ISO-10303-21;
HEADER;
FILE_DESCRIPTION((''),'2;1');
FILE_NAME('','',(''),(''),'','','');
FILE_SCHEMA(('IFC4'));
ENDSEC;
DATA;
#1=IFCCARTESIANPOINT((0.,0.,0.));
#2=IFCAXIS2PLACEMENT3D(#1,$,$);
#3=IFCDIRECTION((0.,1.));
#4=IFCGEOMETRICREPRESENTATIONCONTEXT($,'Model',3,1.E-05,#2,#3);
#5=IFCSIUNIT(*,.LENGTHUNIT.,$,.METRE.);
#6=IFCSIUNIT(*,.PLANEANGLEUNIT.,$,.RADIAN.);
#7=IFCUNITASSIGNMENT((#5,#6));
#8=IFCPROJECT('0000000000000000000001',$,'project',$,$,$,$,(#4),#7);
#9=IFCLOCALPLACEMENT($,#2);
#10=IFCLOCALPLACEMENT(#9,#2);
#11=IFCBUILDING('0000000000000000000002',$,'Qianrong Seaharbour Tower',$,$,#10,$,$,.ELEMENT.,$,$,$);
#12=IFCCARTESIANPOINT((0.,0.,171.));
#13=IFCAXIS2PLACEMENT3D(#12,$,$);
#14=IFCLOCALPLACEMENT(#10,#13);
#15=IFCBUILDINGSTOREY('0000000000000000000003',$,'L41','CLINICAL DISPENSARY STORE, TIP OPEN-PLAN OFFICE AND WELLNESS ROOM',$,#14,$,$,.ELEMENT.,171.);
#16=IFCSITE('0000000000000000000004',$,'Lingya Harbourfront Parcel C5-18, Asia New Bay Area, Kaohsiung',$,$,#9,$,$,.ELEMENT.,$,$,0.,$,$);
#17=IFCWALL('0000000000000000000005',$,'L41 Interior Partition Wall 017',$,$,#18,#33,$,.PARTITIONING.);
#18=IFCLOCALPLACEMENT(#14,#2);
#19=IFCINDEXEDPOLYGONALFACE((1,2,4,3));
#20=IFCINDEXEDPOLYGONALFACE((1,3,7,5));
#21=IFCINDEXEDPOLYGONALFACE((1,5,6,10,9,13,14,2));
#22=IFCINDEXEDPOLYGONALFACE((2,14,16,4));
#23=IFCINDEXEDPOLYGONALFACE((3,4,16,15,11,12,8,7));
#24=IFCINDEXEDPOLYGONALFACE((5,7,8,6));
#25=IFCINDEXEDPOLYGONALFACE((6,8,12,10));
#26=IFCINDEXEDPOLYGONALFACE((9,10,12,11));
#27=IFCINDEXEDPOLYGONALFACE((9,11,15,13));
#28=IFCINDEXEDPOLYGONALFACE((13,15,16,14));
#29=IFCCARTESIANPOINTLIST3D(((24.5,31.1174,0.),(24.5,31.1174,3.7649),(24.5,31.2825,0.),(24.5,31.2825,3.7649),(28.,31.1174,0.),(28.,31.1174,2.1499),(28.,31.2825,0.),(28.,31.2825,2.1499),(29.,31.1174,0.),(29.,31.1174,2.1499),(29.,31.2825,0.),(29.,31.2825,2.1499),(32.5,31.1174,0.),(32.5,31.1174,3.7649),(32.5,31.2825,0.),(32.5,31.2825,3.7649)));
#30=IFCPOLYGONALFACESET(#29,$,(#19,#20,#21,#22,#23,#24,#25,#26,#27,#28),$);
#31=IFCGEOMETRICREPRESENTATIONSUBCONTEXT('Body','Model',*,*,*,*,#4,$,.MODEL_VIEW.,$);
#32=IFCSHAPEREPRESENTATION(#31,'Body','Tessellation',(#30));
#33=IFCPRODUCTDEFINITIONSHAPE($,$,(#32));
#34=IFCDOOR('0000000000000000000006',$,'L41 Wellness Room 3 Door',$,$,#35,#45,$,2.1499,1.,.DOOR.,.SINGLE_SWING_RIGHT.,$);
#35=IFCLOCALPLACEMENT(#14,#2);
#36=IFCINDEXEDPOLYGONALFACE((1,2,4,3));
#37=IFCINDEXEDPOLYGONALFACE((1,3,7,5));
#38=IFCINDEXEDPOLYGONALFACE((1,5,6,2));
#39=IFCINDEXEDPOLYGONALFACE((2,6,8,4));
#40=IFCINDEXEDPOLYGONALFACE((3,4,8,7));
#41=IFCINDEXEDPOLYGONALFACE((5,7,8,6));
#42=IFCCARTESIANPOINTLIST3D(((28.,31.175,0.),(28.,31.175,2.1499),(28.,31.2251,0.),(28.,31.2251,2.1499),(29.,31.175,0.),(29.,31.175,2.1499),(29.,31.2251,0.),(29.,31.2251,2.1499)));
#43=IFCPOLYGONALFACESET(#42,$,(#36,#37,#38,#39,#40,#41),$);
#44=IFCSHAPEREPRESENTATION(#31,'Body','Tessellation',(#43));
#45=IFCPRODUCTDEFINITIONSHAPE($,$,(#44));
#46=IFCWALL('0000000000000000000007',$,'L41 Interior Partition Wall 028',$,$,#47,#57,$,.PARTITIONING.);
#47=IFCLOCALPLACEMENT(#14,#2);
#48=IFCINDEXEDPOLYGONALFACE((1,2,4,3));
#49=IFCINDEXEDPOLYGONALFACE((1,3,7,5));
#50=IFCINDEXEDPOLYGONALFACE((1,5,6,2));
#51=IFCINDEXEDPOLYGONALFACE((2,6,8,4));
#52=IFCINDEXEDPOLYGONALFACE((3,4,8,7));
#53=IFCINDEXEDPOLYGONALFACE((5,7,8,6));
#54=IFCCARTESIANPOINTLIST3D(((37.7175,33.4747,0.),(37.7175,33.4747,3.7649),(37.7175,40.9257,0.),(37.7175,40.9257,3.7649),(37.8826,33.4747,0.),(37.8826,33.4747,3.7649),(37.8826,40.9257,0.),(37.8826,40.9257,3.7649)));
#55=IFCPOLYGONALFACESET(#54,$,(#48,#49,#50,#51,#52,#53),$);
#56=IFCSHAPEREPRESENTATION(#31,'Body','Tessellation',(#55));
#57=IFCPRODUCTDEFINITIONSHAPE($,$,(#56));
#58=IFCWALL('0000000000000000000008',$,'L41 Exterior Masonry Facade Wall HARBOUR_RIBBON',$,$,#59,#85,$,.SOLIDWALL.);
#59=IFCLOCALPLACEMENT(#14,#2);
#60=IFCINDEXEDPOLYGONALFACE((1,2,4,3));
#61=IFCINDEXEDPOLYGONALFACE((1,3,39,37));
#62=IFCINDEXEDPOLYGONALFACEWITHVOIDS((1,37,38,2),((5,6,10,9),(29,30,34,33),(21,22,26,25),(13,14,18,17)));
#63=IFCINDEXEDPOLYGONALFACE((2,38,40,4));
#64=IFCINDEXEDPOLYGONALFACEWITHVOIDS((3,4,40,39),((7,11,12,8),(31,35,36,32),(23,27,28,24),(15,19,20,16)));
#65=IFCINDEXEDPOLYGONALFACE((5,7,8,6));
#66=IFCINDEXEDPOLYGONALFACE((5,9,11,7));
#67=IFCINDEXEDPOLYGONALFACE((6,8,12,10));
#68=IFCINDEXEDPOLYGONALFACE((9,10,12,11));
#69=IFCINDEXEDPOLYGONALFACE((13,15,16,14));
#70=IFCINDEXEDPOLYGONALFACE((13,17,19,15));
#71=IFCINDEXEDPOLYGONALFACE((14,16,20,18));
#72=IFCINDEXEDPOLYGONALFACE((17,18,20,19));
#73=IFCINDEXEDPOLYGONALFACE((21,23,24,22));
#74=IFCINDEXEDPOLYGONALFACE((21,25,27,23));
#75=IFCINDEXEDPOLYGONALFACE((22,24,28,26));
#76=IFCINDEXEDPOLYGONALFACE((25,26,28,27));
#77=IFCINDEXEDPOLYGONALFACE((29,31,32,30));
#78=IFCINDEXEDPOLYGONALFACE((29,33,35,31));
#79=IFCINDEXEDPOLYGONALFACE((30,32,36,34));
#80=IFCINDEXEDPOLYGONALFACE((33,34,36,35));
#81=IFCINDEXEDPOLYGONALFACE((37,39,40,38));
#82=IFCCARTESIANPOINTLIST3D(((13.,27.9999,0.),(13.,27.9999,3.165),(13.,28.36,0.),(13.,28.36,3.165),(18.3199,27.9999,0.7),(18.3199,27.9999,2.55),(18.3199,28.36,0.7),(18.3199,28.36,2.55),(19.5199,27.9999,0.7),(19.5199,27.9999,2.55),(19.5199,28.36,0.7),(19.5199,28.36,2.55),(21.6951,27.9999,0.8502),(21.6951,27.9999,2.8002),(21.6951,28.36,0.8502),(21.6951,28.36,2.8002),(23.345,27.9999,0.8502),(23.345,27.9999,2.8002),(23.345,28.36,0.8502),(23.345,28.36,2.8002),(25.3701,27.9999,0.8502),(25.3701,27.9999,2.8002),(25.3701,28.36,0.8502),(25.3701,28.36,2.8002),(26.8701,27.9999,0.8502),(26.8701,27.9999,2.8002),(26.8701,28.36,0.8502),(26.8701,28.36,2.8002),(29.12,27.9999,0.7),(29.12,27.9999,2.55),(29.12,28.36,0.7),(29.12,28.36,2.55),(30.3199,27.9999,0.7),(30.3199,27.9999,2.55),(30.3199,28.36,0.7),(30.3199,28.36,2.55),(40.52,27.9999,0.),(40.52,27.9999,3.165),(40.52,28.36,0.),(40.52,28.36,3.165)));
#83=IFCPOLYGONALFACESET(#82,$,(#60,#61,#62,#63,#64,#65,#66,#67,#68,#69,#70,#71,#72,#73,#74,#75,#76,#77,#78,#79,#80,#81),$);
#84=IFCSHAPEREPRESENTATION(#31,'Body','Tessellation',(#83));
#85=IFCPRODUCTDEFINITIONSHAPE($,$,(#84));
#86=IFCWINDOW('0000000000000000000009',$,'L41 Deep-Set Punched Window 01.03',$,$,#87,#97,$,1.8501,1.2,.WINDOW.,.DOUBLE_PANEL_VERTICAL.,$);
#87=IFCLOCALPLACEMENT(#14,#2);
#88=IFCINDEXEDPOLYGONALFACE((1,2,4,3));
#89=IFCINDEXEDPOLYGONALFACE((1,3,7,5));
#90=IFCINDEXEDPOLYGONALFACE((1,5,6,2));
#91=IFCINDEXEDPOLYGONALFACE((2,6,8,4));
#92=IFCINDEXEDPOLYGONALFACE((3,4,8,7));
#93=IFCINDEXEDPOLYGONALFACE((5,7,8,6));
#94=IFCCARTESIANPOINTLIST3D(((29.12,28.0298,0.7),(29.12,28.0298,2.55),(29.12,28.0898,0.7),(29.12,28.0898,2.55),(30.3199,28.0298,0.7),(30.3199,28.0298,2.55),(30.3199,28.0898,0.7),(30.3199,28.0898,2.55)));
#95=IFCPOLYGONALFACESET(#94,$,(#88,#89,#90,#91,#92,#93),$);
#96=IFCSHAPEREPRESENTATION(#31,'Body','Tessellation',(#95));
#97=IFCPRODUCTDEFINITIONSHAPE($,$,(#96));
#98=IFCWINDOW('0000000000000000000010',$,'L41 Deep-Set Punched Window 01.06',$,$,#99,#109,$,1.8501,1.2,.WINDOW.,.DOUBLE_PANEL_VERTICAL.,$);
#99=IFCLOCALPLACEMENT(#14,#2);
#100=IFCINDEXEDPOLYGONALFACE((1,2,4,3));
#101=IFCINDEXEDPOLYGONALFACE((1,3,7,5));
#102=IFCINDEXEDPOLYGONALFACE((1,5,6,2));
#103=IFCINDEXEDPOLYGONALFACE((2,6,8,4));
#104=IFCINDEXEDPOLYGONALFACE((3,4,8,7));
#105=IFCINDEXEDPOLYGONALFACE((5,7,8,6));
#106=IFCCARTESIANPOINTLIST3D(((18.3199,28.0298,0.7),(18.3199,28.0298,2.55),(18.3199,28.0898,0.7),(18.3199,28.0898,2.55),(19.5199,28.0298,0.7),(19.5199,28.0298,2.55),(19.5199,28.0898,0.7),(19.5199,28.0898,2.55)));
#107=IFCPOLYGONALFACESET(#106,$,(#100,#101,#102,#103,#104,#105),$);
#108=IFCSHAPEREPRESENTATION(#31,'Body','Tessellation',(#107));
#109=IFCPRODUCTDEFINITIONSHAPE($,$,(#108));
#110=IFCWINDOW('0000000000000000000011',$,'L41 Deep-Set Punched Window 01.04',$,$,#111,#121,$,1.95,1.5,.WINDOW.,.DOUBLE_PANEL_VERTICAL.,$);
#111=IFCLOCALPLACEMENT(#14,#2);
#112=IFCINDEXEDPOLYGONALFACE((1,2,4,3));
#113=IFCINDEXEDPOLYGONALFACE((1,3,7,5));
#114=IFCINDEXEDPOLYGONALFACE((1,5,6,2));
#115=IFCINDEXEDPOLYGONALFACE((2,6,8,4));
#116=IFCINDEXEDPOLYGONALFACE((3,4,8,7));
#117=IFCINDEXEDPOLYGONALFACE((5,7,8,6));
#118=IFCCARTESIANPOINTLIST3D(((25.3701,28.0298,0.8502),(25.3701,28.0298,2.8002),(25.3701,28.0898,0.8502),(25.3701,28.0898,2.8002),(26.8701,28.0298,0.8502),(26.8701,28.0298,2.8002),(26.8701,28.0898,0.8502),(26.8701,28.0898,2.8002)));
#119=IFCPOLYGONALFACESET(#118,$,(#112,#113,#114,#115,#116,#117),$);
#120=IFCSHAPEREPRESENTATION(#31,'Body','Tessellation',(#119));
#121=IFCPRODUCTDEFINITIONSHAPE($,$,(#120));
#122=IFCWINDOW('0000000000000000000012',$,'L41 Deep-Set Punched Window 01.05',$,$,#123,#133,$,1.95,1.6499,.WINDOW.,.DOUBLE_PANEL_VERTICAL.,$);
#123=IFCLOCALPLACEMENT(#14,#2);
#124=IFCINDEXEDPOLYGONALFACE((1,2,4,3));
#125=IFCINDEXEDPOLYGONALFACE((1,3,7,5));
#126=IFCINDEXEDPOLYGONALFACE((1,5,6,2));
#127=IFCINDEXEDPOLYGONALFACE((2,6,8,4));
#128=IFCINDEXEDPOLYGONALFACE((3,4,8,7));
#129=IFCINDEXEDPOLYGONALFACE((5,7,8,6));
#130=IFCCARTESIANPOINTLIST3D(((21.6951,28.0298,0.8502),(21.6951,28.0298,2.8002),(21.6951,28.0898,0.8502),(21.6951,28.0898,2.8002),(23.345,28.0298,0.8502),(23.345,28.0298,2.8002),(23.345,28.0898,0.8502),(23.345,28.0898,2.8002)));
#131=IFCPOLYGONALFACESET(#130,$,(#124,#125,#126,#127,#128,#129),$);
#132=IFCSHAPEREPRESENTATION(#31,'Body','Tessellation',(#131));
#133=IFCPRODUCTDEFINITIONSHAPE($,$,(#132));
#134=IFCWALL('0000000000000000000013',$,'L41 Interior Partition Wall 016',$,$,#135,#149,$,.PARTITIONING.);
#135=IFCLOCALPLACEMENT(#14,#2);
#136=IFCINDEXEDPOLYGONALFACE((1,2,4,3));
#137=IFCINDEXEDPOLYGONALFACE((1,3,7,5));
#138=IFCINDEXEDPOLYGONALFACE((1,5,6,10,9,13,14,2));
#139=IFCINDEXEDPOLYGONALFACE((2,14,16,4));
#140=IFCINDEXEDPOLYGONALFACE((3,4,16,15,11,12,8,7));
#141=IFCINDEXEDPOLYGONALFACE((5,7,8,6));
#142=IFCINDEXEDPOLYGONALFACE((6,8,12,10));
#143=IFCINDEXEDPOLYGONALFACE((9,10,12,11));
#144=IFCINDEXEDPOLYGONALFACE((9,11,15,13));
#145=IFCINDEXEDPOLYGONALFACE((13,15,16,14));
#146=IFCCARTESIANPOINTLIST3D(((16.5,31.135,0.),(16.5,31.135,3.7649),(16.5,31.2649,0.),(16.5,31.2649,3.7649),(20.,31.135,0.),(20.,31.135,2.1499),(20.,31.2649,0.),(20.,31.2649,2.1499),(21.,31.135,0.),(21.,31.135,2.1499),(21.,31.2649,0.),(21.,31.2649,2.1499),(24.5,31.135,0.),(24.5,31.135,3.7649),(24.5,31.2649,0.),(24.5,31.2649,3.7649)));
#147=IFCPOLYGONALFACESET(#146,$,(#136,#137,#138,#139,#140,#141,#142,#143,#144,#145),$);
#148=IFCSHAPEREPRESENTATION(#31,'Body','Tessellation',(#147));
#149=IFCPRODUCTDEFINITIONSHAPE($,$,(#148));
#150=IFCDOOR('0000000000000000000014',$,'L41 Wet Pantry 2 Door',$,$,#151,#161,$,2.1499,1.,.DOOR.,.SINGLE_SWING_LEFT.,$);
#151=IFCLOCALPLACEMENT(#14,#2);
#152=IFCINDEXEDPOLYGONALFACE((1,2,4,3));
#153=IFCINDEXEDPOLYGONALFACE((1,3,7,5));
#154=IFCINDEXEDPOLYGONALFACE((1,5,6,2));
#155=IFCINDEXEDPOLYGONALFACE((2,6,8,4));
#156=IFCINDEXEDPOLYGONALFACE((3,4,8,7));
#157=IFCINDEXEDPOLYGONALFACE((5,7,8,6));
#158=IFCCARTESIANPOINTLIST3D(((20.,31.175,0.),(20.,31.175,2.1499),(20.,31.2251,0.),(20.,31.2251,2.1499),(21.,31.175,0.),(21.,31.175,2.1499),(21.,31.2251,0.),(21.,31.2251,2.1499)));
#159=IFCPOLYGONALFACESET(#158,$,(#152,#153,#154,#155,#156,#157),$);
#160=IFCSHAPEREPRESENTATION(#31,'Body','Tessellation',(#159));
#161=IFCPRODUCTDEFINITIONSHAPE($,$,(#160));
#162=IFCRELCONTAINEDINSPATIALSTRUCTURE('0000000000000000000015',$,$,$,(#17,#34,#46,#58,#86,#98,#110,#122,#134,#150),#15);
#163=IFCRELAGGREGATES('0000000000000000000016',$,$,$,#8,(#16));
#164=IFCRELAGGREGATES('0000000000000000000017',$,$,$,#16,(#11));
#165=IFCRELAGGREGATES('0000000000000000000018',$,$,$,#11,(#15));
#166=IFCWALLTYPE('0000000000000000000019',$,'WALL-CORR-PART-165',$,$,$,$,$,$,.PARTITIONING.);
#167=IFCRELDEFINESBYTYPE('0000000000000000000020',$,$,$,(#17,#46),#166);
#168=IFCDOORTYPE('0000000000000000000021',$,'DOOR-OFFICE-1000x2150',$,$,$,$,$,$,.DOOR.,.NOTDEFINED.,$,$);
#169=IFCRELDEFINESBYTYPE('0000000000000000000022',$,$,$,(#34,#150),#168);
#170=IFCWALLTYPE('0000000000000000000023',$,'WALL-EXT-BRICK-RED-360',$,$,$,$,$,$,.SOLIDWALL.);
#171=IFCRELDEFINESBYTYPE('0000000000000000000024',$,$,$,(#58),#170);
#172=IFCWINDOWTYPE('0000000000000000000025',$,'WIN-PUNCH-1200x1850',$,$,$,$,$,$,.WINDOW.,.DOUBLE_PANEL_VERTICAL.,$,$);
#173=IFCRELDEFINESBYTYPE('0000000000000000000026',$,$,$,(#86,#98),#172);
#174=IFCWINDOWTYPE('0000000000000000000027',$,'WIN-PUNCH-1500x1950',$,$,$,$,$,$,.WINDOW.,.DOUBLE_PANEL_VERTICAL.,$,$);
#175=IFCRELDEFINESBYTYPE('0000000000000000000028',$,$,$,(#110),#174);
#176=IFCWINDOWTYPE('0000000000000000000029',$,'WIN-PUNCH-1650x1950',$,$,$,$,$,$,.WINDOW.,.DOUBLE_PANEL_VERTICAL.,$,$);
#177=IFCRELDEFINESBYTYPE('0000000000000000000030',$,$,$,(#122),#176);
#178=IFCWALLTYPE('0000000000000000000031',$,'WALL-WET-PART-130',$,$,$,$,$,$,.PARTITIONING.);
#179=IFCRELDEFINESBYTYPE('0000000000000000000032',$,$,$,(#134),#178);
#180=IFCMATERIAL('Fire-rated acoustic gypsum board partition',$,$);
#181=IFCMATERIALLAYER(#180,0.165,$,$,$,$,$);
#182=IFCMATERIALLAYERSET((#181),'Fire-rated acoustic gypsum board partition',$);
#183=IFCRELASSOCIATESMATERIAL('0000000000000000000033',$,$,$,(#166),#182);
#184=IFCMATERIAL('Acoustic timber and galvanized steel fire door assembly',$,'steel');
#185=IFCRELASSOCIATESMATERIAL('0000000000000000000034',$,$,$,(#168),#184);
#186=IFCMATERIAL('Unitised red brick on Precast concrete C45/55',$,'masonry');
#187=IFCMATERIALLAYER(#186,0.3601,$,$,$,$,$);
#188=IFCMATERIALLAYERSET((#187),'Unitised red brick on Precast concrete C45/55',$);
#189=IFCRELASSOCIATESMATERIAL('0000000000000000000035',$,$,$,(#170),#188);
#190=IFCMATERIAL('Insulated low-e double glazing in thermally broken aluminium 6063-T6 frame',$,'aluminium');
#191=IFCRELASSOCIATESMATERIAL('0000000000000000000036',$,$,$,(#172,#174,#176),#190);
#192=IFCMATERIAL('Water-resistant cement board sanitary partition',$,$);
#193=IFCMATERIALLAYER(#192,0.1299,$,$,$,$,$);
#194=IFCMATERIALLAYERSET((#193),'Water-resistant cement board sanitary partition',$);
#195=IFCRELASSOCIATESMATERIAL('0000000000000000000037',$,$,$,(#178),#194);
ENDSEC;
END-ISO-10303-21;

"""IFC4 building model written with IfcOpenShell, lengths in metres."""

from ifc_helpers import new_model, si_unit, direction, frame, frame_2d, origin, place, context, subcontext, project, spatial, rectangle, extrude, material, layer, layer_set, type_object, element, fill, save


model = new_model("IFC4")

# Units and contexts
model_context = context("Model", 3, precision=1e-05, world=origin(), true_north=direction((0.0, 1.0)))
body_context = subcontext(model_context, "Body", "Model", "MODEL_VIEW")
ifc_project = project(units=[si_unit("LENGTHUNIT", "METRE"), si_unit("PLANEANGLEUNIT", "RADIAN")], contexts=[model_context])

# Site, building, storey
site_placement = place(None, origin())
site = spatial("IfcSite", under=ifc_project, at=site_placement, Name="Lingya Harbourfront Parcel C5-18, Asia New Bay Area, Kaohsiung", CompositionType="ELEMENT", RefElevation=0.0)
building_placement = place(site_placement, origin())
building = spatial("IfcBuilding", under=site, at=building_placement, Name="Qianrong Seaharbour Tower", CompositionType="ELEMENT")
storey_placement = place(building_placement, frame((0.0, 0.0, 171.0)))
storey = spatial("IfcBuildingStorey", under=building, at=storey_placement, Name="L41", Description="CLINICAL DISPENSARY STORE, TIP OPEN-PLAN OFFICE AND WELLNESS ROOM", CompositionType="ELEMENT", Elevation=171.0)

# Wall, opening, door
ifc_material_1 = material(Name="Fire-rated acoustic gypsum board partition")
ifc_layer_1 = layer(ifc_material_1, 0.165)
ifc_layer_set_1 = layer_set([ifc_layer_1], Name="Fire-rated acoustic gypsum board partition")
wall_type_1 = type_object("IfcWallType", Name="WALL-CORR-PART-165", PredefinedType="PARTITIONING", material=ifc_layer_set_1)
ifc_material_2 = material(Name="Acoustic timber and galvanized steel fire door assembly", Category="steel")
door_type = type_object("IfcDoorType", Name="DOOR-OFFICE-1000x2150", OperationType="NOTDEFINED", PredefinedType="DOOR", material=ifc_material_2)
wall_1_placement = place(storey_placement, frame((32.5, 31.2, 0.0), z_axis=(0.0, 0.0, 1.0), x_axis=(-1.0, 0.0, 0.0)))
wall_1 = element("IfcWall", 1, at=wall_1_placement, inside=storey, type_object=wall_type_1, Name="L41 Interior Partition Wall 017", PredefinedType="PARTITIONING", context=body_context, shape_type="SweptSolid", body=[
    extrude(rectangle(XDim=8.0, YDim=0.165, at=frame_2d((4.0, 0.0))), origin(), (0.0, 0.0, 1.0), 3.7649),
])
opening_1_placement = place(wall_1_placement, frame((3.5, 0.0, 0.0)))
opening_1 = element("IfcOpeningElement", 2, at=opening_1_placement, cuts=wall_1, PredefinedType="OPENING", context=body_context, shape_type="SweptSolid", body=[
    extrude(rectangle(XDim=1.0, YDim=2.1499, at=frame_2d((0.5, 1.075))), frame((0.0, 0.0925, 0.0), z_axis=(0.0, -1.0, 0.0), x_axis=(1.0, 0.0, 0.0)), (0.0, 0.0, 1.0), 0.1851),
])
door_1_placement = place(opening_1_placement, origin())
door_1 = element("IfcDoor", 3, at=door_1_placement, inside=storey, type_object=door_type, Name="L41 Wellness Room 3 Door", OperationType="SINGLE_SWING_RIGHT", OverallHeight=2.1499, OverallWidth=1.0, PredefinedType="DOOR", context=body_context, shape_type="SweptSolid", body=[
    extrude(rectangle(XDim=1.0, YDim=2.1499, at=frame_2d((0.5, 1.075))), frame((0.0, 0.0249, 0.0), z_axis=(0.0, -1.0, 0.0), x_axis=(1.0, 0.0, 0.0)), (0.0, 0.0, 1.0), 0.05),
])
fill(opening_1, door_1)

# Wall
wall_2_placement = place(storey_placement, frame((37.8, 33.4746, 0.0), z_axis=(0.0, 0.0, 1.0), x_axis=(0.0, 1.0, 0.0)))
element("IfcWall", 4, at=wall_2_placement, inside=storey, type_object=wall_type_1, Name="L41 Interior Partition Wall 028", PredefinedType="PARTITIONING", context=body_context, shape_type="SweptSolid", body=[
    extrude(rectangle(XDim=7.4509, YDim=0.165, at=frame_2d((3.7256, 0.0))), origin(), (0.0, 0.0, 1.0), 3.7649),
])

# Wall, openings, windows
ifc_material_3 = material(Name="Unitised red brick on Precast concrete C45/55", Category="masonry")
ifc_layer_2 = layer(ifc_material_3, 0.3601)
ifc_layer_set_2 = layer_set([ifc_layer_2], Name="Unitised red brick on Precast concrete C45/55")
wall_type_2 = type_object("IfcWallType", Name="WALL-EXT-BRICK-RED-360", PredefinedType="SOLIDWALL", material=ifc_layer_set_2)
wall_3_placement = place(storey_placement, frame((40.52, 28.1799, 0.0), z_axis=(0.0, 0.0, 1.0), x_axis=(-1.0, 0.0, 0.0)))
wall_3 = element("IfcWall", 5, at=wall_3_placement, inside=storey, type_object=wall_type_2, Name="L41 Exterior Masonry Facade Wall HARBOUR_RIBBON", PredefinedType="SOLIDWALL", context=body_context, shape_type="SweptSolid", body=[
    extrude(rectangle(XDim=27.52, YDim=0.3601, at=frame_2d((13.76, 0.0))), origin(), (0.0, 0.0, 1.0), 3.165),
])
opening_2_placement = place(wall_3_placement, frame((10.2, 0.0, 0.7)))
opening_2 = element("IfcOpeningElement", 6, at=opening_2_placement, cuts=wall_3, PredefinedType="OPENING", context=body_context, shape_type="SweptSolid", body=[
    extrude(rectangle(XDim=1.2, YDim=1.8501, at=frame_2d((0.6001, 0.925))), frame((0.0, 0.1899, 0.0), z_axis=(0.0, -1.0, 0.0), x_axis=(1.0, 0.0, 0.0)), (0.0, 0.0, 1.0), 0.3801),
])
opening_3_placement = place(wall_3_placement, frame((13.6499, 0.0, 0.8501)))
opening_3 = element("IfcOpeningElement", 7, at=opening_3_placement, cuts=wall_3, PredefinedType="OPENING", context=body_context, shape_type="SweptSolid", body=[
    extrude(rectangle(XDim=1.5, YDim=1.95, at=frame_2d((0.75, 0.9751))), frame((0.0, 0.1899, 0.0), z_axis=(0.0, -1.0, 0.0), x_axis=(1.0, 0.0, 0.0)), (0.0, 0.0, 1.0), 0.3801),
])
opening_4_placement = place(wall_3_placement, frame((17.175, 0.0, 0.8501)))
opening_4 = element("IfcOpeningElement", 8, at=opening_4_placement, cuts=wall_3, PredefinedType="OPENING", context=body_context, shape_type="SweptSolid", body=[
    extrude(rectangle(XDim=1.6499, YDim=1.95, at=frame_2d((0.825, 0.9751))), frame((0.0, 0.1899, 0.0), z_axis=(0.0, -1.0, 0.0), x_axis=(1.0, 0.0, 0.0)), (0.0, 0.0, 1.0), 0.3801),
])
opening_5_placement = place(wall_3_placement, frame((21.0, 0.0, 0.7)))
opening_5 = element("IfcOpeningElement", 9, at=opening_5_placement, cuts=wall_3, PredefinedType="OPENING", context=body_context, shape_type="SweptSolid", body=[
    extrude(rectangle(XDim=1.2, YDim=1.8501, at=frame_2d((0.6001, 0.925))), frame((0.0, 0.1899, 0.0), z_axis=(0.0, -1.0, 0.0), x_axis=(1.0, 0.0, 0.0)), (0.0, 0.0, 1.0), 0.3801),
])
ifc_material_4 = material(Name="Insulated low-e double glazing in thermally broken aluminium 6063-T6 frame", Category="aluminium")
window_type_1 = type_object("IfcWindowType", Name="WIN-PUNCH-1200x1850", PartitioningType="DOUBLE_PANEL_VERTICAL", PredefinedType="WINDOW", material=ifc_material_4)
window_1_placement = place(opening_2_placement, origin())
window_1 = element("IfcWindow", 10, at=window_1_placement, inside=storey, type_object=window_type_1, Name="L41 Deep-Set Punched Window 01.03", OverallHeight=1.8501, OverallWidth=1.2, PartitioningType="DOUBLE_PANEL_VERTICAL", PredefinedType="WINDOW", context=body_context, shape_type="SweptSolid", body=[
    extrude(rectangle(XDim=1.2, YDim=1.8501, at=frame_2d((0.6001, 0.925))), frame((0.0, 0.1501, 0.0), z_axis=(0.0, -1.0, 0.0), x_axis=(1.0, 0.0, 0.0)), (0.0, 0.0, 1.0), 0.0601),
])
fill(opening_2, window_1)
window_2_placement = place(opening_5_placement, origin())
window_2 = element("IfcWindow", 11, at=window_2_placement, inside=storey, type_object=window_type_1, Name="L41 Deep-Set Punched Window 01.06", OverallHeight=1.8501, OverallWidth=1.2, PartitioningType="DOUBLE_PANEL_VERTICAL", PredefinedType="WINDOW", context=body_context, shape_type="SweptSolid", body=[
    extrude(rectangle(XDim=1.2, YDim=1.8501, at=frame_2d((0.6001, 0.925))), frame((0.0, 0.1501, 0.0), z_axis=(0.0, -1.0, 0.0), x_axis=(1.0, 0.0, 0.0)), (0.0, 0.0, 1.0), 0.0601),
])
fill(opening_5, window_2)
window_type_2 = type_object("IfcWindowType", Name="WIN-PUNCH-1500x1950", PartitioningType="DOUBLE_PANEL_VERTICAL", PredefinedType="WINDOW", material=ifc_material_4)
window_3_placement = place(opening_3_placement, origin())
window_3 = element("IfcWindow", 12, at=window_3_placement, inside=storey, type_object=window_type_2, Name="L41 Deep-Set Punched Window 01.04", OverallHeight=1.95, OverallWidth=1.5, PartitioningType="DOUBLE_PANEL_VERTICAL", PredefinedType="WINDOW", context=body_context, shape_type="SweptSolid", body=[
    extrude(rectangle(XDim=1.5, YDim=1.95, at=frame_2d((0.75, 0.9751))), frame((0.0, 0.1501, 0.0), z_axis=(0.0, -1.0, 0.0), x_axis=(1.0, 0.0, 0.0)), (0.0, 0.0, 1.0), 0.0601),
])
fill(opening_3, window_3)
window_type_3 = type_object("IfcWindowType", Name="WIN-PUNCH-1650x1950", PartitioningType="DOUBLE_PANEL_VERTICAL", PredefinedType="WINDOW", material=ifc_material_4)
window_4_placement = place(opening_4_placement, origin())
window_4 = element("IfcWindow", 13, at=window_4_placement, inside=storey, type_object=window_type_3, Name="L41 Deep-Set Punched Window 01.05", OverallHeight=1.95, OverallWidth=1.6499, PartitioningType="DOUBLE_PANEL_VERTICAL", PredefinedType="WINDOW", context=body_context, shape_type="SweptSolid", body=[
    extrude(rectangle(XDim=1.6499, YDim=1.95, at=frame_2d((0.825, 0.9751))), frame((0.0, 0.1501, 0.0), z_axis=(0.0, -1.0, 0.0), x_axis=(1.0, 0.0, 0.0)), (0.0, 0.0, 1.0), 0.0601),
])
fill(opening_4, window_4)

# Wall, opening, door
ifc_material_5 = material(Name="Water-resistant cement board sanitary partition")
ifc_layer_3 = layer(ifc_material_5, 0.1299)
ifc_layer_set_3 = layer_set([ifc_layer_3], Name="Water-resistant cement board sanitary partition")
wall_type_3 = type_object("IfcWallType", Name="WALL-WET-PART-130", PredefinedType="PARTITIONING", material=ifc_layer_set_3)
wall_4_placement = place(storey_placement, frame((24.5, 31.2, 0.0), z_axis=(0.0, 0.0, 1.0), x_axis=(-1.0, 0.0, 0.0)))
wall_4 = element("IfcWall", 14, at=wall_4_placement, inside=storey, type_object=wall_type_3, Name="L41 Interior Partition Wall 016", PredefinedType="PARTITIONING", context=body_context, shape_type="SweptSolid", body=[
    extrude(rectangle(XDim=8.0, YDim=0.1299, at=frame_2d((4.0, 0.0))), origin(), (0.0, 0.0, 1.0), 3.7649),
])
opening_6_placement = place(wall_4_placement, frame((3.5, 0.0, 0.0)))
opening_6 = element("IfcOpeningElement", 15, at=opening_6_placement, cuts=wall_4, PredefinedType="OPENING", context=body_context, shape_type="SweptSolid", body=[
    extrude(rectangle(XDim=1.0, YDim=2.1499, at=frame_2d((0.5, 1.075))), frame((0.0, 0.075, 0.0), z_axis=(0.0, -1.0, 0.0), x_axis=(1.0, 0.0, 0.0)), (0.0, 0.0, 1.0), 0.1499),
])
door_2_placement = place(opening_6_placement, origin())
door_2 = element("IfcDoor", 16, at=door_2_placement, inside=storey, type_object=door_type, Name="L41 Wet Pantry 2 Door", OperationType="SINGLE_SWING_LEFT", OverallHeight=2.1499, OverallWidth=1.0, PredefinedType="DOOR", context=body_context, shape_type="SweptSolid", body=[
    extrude(rectangle(XDim=1.0, YDim=2.1499, at=frame_2d((0.5, 1.075))), frame((0.0, 0.0249, 0.0), z_axis=(0.0, -1.0, 0.0), x_axis=(1.0, 0.0, 0.0)), (0.0, 0.0, 1.0), 0.05),
])
fill(opening_6, door_2)

save(model, "model.ifc")
